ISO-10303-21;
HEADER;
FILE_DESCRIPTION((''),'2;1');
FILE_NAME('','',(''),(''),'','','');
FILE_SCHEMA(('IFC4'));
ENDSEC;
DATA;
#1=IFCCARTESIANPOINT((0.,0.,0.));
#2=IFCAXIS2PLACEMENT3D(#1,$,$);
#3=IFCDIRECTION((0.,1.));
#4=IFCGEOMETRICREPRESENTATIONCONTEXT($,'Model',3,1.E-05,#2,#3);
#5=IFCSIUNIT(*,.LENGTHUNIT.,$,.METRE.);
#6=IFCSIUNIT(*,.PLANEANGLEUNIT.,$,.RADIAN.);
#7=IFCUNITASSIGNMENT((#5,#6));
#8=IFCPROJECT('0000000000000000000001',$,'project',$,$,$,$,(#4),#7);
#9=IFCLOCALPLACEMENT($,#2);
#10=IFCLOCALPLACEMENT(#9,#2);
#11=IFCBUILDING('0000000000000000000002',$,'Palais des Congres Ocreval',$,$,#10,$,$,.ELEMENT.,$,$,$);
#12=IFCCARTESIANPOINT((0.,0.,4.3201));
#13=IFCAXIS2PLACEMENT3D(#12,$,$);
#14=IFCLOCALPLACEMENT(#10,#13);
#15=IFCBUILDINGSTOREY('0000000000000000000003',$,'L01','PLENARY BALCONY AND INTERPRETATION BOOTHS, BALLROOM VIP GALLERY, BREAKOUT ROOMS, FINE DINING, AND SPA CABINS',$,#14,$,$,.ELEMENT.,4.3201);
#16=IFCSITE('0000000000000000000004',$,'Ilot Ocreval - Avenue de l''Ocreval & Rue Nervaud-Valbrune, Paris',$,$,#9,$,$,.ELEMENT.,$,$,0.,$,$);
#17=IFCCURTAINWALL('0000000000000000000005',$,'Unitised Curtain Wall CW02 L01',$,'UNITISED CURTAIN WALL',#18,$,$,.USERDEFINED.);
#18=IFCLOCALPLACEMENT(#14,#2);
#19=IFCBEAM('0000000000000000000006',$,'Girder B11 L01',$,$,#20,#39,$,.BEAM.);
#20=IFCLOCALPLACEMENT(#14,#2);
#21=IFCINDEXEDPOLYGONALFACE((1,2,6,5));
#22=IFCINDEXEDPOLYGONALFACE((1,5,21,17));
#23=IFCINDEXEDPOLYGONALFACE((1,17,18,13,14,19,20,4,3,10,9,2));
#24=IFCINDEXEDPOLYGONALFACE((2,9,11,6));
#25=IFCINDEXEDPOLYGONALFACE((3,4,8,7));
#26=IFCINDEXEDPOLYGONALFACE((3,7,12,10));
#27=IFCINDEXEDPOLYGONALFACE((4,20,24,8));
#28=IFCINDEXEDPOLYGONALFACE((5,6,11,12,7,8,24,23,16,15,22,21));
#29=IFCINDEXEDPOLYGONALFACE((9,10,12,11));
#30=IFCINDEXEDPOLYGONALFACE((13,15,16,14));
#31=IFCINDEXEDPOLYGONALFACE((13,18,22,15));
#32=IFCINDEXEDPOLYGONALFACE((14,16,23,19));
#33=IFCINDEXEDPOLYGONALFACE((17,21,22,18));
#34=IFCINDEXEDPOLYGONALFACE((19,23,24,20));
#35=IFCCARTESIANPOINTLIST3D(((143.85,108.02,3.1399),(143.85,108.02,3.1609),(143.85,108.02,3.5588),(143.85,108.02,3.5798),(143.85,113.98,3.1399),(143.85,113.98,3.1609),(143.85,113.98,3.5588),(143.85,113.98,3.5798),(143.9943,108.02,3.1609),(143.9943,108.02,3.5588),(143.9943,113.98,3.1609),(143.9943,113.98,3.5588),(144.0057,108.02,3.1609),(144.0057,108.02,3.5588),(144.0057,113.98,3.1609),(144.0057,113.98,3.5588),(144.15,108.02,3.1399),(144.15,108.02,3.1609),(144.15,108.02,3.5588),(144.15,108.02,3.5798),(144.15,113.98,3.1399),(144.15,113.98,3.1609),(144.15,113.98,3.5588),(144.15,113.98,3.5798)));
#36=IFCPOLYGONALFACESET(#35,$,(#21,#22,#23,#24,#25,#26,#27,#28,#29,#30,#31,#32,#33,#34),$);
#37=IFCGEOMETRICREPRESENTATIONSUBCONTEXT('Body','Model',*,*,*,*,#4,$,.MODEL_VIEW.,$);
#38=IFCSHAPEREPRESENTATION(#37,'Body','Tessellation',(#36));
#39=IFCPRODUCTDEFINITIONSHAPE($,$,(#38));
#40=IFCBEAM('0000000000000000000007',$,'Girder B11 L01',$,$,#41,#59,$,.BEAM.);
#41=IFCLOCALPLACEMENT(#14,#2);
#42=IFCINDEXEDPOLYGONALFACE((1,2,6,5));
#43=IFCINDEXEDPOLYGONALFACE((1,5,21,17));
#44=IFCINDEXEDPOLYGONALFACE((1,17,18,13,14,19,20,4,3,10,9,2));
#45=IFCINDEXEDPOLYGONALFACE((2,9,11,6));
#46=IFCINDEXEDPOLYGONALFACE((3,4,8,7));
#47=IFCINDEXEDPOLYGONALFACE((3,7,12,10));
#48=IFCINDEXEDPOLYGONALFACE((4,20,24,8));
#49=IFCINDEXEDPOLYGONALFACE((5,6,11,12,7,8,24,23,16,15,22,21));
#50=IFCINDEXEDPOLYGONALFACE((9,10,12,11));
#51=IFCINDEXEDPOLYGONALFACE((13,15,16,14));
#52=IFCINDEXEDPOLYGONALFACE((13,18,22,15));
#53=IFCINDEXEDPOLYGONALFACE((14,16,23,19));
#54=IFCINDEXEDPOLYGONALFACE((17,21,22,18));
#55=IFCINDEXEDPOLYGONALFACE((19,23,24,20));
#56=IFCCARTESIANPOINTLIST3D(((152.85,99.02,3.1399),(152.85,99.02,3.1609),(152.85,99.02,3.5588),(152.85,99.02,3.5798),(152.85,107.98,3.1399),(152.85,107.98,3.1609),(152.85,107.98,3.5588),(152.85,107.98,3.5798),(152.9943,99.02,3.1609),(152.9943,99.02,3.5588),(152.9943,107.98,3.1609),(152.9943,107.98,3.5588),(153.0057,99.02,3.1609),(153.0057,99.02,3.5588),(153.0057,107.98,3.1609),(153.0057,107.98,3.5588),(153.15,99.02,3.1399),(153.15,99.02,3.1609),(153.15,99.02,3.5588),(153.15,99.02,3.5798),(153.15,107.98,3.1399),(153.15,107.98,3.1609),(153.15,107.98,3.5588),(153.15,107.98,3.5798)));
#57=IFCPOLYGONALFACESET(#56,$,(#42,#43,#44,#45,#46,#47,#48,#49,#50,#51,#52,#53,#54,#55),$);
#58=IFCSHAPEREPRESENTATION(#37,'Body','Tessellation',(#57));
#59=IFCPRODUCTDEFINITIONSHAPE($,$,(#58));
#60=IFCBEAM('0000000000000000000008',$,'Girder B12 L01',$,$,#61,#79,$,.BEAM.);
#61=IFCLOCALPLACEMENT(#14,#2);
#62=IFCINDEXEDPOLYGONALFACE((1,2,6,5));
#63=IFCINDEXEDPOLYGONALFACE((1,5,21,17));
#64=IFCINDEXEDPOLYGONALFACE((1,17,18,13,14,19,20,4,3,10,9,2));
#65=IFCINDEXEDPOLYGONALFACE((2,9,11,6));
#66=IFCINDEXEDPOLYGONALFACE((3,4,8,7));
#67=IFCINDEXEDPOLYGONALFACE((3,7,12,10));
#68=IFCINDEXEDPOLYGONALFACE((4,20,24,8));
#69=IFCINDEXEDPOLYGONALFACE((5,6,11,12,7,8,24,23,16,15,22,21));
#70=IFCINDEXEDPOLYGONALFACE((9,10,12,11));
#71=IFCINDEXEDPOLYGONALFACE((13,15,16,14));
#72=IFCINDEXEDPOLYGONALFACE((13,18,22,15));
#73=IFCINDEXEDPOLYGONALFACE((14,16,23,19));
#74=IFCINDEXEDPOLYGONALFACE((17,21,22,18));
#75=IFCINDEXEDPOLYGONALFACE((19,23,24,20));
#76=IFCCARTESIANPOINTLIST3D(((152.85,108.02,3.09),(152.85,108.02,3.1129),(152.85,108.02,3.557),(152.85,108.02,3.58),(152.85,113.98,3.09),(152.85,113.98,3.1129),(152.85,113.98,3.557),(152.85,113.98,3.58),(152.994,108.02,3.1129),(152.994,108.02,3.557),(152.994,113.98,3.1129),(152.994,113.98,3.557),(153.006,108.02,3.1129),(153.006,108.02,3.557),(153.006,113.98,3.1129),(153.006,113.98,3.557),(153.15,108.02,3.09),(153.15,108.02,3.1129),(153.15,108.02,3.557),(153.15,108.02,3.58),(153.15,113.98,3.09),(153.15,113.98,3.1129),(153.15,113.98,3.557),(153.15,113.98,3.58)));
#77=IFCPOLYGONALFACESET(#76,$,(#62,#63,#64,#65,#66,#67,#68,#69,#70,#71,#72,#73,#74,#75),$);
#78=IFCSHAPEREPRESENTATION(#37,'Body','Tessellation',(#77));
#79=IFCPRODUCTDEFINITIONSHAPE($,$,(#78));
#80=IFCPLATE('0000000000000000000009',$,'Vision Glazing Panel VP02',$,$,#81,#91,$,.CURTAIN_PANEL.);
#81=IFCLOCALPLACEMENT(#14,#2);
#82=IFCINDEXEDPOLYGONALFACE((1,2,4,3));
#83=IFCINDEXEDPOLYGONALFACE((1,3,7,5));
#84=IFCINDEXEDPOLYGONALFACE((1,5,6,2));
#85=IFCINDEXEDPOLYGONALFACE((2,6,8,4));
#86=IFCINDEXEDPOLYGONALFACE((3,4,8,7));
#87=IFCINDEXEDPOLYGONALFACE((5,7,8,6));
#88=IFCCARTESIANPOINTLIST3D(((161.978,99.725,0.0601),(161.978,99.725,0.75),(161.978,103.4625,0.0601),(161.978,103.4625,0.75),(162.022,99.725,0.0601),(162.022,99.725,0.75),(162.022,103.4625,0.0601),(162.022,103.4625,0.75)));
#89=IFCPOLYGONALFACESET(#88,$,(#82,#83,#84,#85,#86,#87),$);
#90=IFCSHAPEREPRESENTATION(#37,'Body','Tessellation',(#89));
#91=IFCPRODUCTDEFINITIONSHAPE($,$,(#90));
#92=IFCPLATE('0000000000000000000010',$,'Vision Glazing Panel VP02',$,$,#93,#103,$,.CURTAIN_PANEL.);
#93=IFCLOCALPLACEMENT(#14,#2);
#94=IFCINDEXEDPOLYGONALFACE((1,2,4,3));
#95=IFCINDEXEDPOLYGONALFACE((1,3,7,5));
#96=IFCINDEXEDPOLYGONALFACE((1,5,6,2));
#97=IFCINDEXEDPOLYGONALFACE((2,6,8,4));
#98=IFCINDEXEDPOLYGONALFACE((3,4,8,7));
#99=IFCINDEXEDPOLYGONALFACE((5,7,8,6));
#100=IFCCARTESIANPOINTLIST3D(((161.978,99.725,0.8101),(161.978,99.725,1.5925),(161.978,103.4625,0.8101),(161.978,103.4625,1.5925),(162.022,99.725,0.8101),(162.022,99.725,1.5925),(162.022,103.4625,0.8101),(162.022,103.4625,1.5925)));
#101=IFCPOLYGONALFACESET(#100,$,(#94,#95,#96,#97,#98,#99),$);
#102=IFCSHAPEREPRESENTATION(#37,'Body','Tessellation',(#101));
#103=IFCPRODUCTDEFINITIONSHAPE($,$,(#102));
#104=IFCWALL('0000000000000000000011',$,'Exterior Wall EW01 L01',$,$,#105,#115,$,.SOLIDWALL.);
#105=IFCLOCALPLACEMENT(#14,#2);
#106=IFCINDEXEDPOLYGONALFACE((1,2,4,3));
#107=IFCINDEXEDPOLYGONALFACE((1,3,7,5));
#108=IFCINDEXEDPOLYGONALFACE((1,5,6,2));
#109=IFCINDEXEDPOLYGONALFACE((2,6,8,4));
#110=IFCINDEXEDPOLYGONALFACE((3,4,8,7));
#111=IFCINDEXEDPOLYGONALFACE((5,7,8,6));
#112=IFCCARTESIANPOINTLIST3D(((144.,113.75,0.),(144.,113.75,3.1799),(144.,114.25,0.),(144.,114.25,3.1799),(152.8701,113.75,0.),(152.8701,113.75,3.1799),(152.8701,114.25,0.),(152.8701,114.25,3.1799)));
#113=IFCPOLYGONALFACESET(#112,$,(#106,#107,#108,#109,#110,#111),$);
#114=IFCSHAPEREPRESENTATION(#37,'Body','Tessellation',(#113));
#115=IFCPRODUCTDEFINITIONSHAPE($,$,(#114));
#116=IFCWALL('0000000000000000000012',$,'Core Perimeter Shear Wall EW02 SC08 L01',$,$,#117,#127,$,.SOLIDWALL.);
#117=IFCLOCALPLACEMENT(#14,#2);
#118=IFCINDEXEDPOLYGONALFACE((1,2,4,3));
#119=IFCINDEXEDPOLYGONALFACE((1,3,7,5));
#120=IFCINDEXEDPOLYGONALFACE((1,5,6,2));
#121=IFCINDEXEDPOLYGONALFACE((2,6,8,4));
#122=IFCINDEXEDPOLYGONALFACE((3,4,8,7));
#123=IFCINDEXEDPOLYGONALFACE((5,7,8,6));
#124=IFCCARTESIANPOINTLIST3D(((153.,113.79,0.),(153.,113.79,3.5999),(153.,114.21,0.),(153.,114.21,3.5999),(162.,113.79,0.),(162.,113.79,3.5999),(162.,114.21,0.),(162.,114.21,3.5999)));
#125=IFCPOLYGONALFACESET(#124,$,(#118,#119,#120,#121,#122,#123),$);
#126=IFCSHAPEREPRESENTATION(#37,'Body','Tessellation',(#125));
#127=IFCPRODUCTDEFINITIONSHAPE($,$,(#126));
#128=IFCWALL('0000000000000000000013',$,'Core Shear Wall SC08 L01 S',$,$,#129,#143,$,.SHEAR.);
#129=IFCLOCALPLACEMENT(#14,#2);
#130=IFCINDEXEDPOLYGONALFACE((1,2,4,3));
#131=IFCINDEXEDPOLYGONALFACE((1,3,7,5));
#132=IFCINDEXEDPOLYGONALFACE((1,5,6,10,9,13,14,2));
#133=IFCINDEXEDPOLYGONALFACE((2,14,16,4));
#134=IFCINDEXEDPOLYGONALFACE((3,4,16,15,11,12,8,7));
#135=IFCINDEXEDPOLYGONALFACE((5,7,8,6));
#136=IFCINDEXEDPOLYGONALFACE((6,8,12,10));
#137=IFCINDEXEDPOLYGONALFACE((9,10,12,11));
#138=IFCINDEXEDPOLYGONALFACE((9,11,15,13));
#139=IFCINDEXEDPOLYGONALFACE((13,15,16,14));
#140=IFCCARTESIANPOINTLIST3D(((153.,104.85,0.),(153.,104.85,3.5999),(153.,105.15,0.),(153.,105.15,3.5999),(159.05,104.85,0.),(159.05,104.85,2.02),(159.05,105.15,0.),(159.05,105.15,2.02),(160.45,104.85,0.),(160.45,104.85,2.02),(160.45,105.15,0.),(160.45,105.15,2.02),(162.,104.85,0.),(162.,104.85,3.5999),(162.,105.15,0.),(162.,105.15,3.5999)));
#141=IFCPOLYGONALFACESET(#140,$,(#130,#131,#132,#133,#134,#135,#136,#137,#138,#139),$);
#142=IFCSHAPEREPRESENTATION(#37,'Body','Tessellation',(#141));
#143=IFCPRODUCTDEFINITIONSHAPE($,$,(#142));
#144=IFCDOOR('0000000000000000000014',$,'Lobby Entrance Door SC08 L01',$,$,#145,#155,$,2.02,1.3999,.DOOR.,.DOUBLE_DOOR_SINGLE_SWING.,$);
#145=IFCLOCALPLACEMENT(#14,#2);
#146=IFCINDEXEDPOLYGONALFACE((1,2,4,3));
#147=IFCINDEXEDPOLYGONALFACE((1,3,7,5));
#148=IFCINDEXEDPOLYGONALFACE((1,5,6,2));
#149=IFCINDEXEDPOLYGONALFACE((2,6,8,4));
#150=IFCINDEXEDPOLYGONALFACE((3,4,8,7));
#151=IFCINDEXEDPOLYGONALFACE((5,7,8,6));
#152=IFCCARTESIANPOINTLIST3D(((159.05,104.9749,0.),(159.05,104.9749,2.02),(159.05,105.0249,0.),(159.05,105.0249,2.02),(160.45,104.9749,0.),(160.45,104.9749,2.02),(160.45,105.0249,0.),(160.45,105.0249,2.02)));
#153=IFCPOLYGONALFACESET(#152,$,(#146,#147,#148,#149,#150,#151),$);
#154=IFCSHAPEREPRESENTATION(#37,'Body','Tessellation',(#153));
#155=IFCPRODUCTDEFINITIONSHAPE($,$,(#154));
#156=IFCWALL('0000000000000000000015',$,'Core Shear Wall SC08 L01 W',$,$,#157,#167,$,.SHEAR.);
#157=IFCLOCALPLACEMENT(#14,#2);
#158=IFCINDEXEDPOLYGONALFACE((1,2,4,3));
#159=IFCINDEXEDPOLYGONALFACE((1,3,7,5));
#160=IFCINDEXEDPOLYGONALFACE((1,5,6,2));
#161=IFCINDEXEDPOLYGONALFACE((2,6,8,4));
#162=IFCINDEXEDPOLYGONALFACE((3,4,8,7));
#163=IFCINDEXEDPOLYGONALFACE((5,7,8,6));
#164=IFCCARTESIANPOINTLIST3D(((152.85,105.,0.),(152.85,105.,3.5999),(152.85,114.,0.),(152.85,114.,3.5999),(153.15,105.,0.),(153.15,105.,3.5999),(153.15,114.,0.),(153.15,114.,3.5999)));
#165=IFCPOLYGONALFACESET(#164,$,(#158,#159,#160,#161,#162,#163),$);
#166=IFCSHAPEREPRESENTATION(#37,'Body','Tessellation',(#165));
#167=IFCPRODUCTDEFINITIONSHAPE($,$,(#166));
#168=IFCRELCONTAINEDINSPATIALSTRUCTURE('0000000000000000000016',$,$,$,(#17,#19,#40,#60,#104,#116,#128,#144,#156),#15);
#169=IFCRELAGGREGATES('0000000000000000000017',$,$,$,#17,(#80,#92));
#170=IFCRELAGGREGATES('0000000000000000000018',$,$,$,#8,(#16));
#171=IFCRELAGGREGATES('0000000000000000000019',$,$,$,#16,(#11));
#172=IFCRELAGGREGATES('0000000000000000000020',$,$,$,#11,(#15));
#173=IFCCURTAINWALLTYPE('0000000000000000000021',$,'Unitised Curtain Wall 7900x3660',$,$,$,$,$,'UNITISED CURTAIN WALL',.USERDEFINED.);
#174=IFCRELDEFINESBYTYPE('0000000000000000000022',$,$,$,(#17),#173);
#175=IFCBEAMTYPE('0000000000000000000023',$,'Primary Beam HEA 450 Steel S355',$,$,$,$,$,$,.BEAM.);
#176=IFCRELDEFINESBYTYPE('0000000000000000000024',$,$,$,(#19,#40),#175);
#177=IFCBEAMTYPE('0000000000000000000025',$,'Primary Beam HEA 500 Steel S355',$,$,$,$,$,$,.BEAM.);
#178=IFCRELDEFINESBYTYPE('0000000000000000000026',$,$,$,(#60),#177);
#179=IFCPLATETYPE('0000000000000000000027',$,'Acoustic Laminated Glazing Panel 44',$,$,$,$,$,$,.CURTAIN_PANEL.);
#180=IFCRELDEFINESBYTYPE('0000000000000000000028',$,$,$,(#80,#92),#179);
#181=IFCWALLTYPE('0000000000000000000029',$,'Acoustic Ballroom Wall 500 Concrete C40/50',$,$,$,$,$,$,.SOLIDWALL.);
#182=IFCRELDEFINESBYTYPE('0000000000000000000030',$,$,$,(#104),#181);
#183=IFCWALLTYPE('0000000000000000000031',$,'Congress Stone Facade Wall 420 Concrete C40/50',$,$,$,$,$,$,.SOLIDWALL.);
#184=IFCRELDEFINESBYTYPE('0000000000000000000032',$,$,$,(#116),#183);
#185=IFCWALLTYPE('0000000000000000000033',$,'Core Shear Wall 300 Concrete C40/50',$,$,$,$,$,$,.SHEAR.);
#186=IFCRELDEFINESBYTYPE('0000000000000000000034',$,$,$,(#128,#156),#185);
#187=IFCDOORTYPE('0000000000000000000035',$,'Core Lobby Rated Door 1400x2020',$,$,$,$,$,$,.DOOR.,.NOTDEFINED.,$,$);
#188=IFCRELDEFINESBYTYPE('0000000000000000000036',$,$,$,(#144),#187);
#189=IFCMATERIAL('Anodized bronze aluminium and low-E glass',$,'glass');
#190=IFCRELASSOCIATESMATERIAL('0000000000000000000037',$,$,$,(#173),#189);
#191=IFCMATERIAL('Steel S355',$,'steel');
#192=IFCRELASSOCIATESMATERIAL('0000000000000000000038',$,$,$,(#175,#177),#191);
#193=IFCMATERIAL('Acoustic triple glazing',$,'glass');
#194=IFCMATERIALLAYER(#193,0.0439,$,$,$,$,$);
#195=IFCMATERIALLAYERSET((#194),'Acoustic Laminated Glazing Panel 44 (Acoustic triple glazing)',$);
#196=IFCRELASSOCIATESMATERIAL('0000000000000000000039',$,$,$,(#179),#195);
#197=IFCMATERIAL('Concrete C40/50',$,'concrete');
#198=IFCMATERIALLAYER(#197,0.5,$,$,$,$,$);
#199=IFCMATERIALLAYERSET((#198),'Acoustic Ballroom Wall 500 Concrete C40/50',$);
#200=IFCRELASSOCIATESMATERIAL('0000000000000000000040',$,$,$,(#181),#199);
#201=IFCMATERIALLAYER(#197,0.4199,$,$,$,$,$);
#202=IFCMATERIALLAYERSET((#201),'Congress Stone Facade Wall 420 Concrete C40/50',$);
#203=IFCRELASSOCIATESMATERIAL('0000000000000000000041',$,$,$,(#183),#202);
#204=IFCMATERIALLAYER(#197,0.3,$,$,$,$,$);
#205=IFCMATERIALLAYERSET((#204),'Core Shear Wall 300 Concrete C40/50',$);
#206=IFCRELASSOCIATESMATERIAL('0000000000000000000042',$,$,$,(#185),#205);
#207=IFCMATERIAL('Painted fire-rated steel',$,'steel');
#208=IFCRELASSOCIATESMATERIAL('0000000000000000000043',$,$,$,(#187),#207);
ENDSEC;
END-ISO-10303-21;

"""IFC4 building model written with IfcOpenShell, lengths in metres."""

from ifc_helpers import new_model, si_unit, direction, frame, frame_2d, origin, origin_2d, place, context, subcontext, project, spatial, rectangle, i_section, extrude, material, layer, layer_set, material_profile, profile_set, type_object, element, fill, aggregate, save


model = new_model("IFC4")

# Units and contexts
model_context = context("Model", 3, precision=1e-05, world=origin(), true_north=direction((0.0, 1.0)))
body_context = subcontext(model_context, "Body", "Model", "MODEL_VIEW")
ifc_project = project(units=[si_unit("LENGTHUNIT", "METRE"), si_unit("PLANEANGLEUNIT", "RADIAN")], contexts=[model_context])

# Site, building, storey
site_placement = place(None, origin())
site = spatial("IfcSite", under=ifc_project, at=site_placement, Name="Ilot Ocreval - Avenue de l'Ocreval & Rue Nervaud-Valbrune, Paris", CompositionType="ELEMENT", RefElevation=0.0)
building_placement = place(site_placement, origin())
building = spatial("IfcBuilding", under=site, at=building_placement, Name="Palais des Congres Ocreval", CompositionType="ELEMENT")
storey_placement = place(building_placement, frame((0.0, 0.0, 4.3201)))
storey = spatial("IfcBuildingStorey", under=building, at=storey_placement, Name="L01", Description="PLENARY BALCONY AND INTERPRETATION BOOTHS, BALLROOM VIP GALLERY, BREAKOUT ROOMS, FINE DINING, AND SPA CABINS", CompositionType="ELEMENT", Elevation=4.3201)

# Shared definitions
ifc_material_1 = material(Name="Steel S355", Category="steel")

# Curtain wall
ifc_material_2 = material(Name="Anodized bronze aluminium and low-E glass", Category="glass")
curtain_wall_type = type_object("IfcCurtainWallType", Name="Unitised Curtain Wall 7900x3660", ElementType="UNITISED CURTAIN WALL", PredefinedType="USERDEFINED", material=ifc_material_2)
curtain_wall_placement = place(storey_placement, origin())
curtain_wall = element("IfcCurtainWall", 1, at=curtain_wall_placement, inside=storey, type_object=curtain_wall_type, Name="Unitised Curtain Wall CW02 L01", ObjectType="UNITISED CURTAIN WALL", PredefinedType="USERDEFINED")

# Beams
ifc_material_profile_1 = material_profile(ifc_material_1, i_section(OverallWidth=0.3, OverallDepth=0.4399, WebThickness=0.0115, FlangeThickness=0.021, at=origin_2d()), Name="HEA 450")
ifc_profile_set_1 = profile_set([ifc_material_profile_1], Name="Steel S355")
beam_type_1 = type_object("IfcBeamType", Name="Primary Beam HEA 450 Steel S355", PredefinedType="BEAM", material=ifc_profile_set_1)
beam_1_placement = place(storey_placement, frame((144.0, 108.02, 3.3599), z_axis=(0.0, 1.0, 0.0), x_axis=(-1.0, 0.0, 0.0)))
element("IfcBeam", 2, at=beam_1_placement, inside=storey, type_object=beam_type_1, Name="Girder B11 L01", PredefinedType="BEAM", context=body_context, shape_type="SweptSolid", body=[
    extrude(i_section(OverallWidth=0.3, OverallDepth=0.4399, WebThickness=0.0115, FlangeThickness=0.021, at=origin_2d()), origin(), (0.0, 0.0, 1.0), 5.96),
])
beam_2_placement = place(storey_placement, frame((153.0, 99.02, 3.3599), z_axis=(0.0, 1.0, 0.0), x_axis=(-1.0, 0.0, 0.0)))
element("IfcBeam", 3, at=beam_2_placement, inside=storey, type_object=beam_type_1, Name="Girder B11 L01", PredefinedType="BEAM", context=body_context, shape_type="SweptSolid", body=[
    extrude(i_section(OverallWidth=0.3, OverallDepth=0.4399, WebThickness=0.0115, FlangeThickness=0.021, at=origin_2d()), origin(), (0.0, 0.0, 1.0), 8.96),
])
ifc_material_profile_2 = material_profile(ifc_material_1, i_section(OverallWidth=0.3, OverallDepth=0.49, WebThickness=0.012, FlangeThickness=0.0229, at=origin_2d()), Name="HEA 500")
ifc_profile_set_2 = profile_set([ifc_material_profile_2], Name="Steel S355")
beam_type_2 = type_object("IfcBeamType", Name="Primary Beam HEA 500 Steel S355", PredefinedType="BEAM", material=ifc_profile_set_2)
beam_3_placement = place(storey_placement, frame((153.0, 108.02, 3.335), z_axis=(0.0, 1.0, 0.0), x_axis=(-1.0, 0.0, 0.0)))
element("IfcBeam", 4, at=beam_3_placement, inside=storey, type_object=beam_type_2, Name="Girder B12 L01", PredefinedType="BEAM", context=body_context, shape_type="SweptSolid", body=[
    extrude(i_section(OverallWidth=0.3, OverallDepth=0.49, WebThickness=0.012, FlangeThickness=0.0229, at=origin_2d()), origin(), (0.0, 0.0, 1.0), 5.96),
])

# Plates
ifc_material_3 = material(Name="Acoustic triple glazing", Category="glass")
ifc_layer_1 = layer(ifc_material_3, 0.0439)
ifc_layer_set_1 = layer_set([ifc_layer_1], Name="Acoustic Laminated Glazing Panel 44 (Acoustic triple glazing)")
plate_type = type_object("IfcPlateType", Name="Acoustic Laminated Glazing Panel 44", PredefinedType="CURTAIN_PANEL", material=ifc_layer_set_1)
plate_1_placement = place(storey_placement, frame((162.0, 101.5938, 0.0601), z_axis=(0.0, 0.0, 1.0), x_axis=(0.0, -1.0, 0.0)))
plate_1 = element("IfcPlate", 5, at=plate_1_placement, type_object=plate_type, Name="Vision Glazing Panel VP02", PredefinedType="CURTAIN_PANEL", context=body_context, shape_type="SweptSolid", body=[
    extrude(rectangle(XDim=3.7375, YDim=0.0439, at=origin_2d()), origin(), (0.0, 0.0, 1.0), 0.6899),
])
plate_2_placement = place(storey_placement, frame((162.0, 101.5938, 0.8101), z_axis=(0.0, 0.0, 1.0), x_axis=(0.0, -1.0, 0.0)))
plate_2 = element("IfcPlate", 6, at=plate_2_placement, type_object=plate_type, Name="Vision Glazing Panel VP02", PredefinedType="CURTAIN_PANEL", context=body_context, shape_type="SweptSolid", body=[
    extrude(rectangle(XDim=3.7375, YDim=0.0439, at=origin_2d()), origin(), (0.0, 0.0, 1.0), 0.7825),
])
aggregate(curtain_wall, [plate_1, plate_2])

# Walls
ifc_material_4 = material(Name="Concrete C40/50", Category="concrete")
ifc_layer_2 = layer(ifc_material_4, 0.5)
ifc_layer_set_2 = layer_set([ifc_layer_2], Name="Acoustic Ballroom Wall 500 Concrete C40/50")
wall_type_1 = type_object("IfcWallType", Name="Acoustic Ballroom Wall 500 Concrete C40/50", PredefinedType="SOLIDWALL", material=ifc_layer_set_2)
wall_1_placement = place(storey_placement, frame((144.0, 114.0, 0.0), z_axis=(0.0, 0.0, 1.0), x_axis=(1.0, 0.0, 0.0)))
element("IfcWall", 7, at=wall_1_placement, inside=storey, type_object=wall_type_1, Name="Exterior Wall EW01 L01", PredefinedType="SOLIDWALL", context=body_context, shape_type="SweptSolid", body=[
    extrude(rectangle(XDim=8.8701, YDim=0.5, at=frame_2d((4.4351, 0.0))), origin(), (0.0, 0.0, 1.0), 3.1799),
])
ifc_layer_3 = layer(ifc_material_4, 0.4199)
ifc_layer_set_3 = layer_set([ifc_layer_3], Name="Congress Stone Facade Wall 420 Concrete C40/50")
wall_type_2 = type_object("IfcWallType", Name="Congress Stone Facade Wall 420 Concrete C40/50", PredefinedType="SOLIDWALL", material=ifc_layer_set_3)
wall_2_placement = place(storey_placement, frame((153.0, 114.0, 0.0), z_axis=(0.0, 0.0, 1.0), x_axis=(1.0, 0.0, 0.0)))
element("IfcWall", 8, at=wall_2_placement, inside=storey, type_object=wall_type_2, Name="Core Perimeter Shear Wall EW02 SC08 L01", PredefinedType="SOLIDWALL", context=body_context, shape_type="SweptSolid", body=[
    extrude(rectangle(XDim=9.0, YDim=0.4199, at=frame_2d((4.5, 0.0))), origin(), (0.0, 0.0, 1.0), 3.5999),
])

# Wall, opening, door
ifc_layer_4 = layer(ifc_material_4, 0.3)
ifc_layer_set_4 = layer_set([ifc_layer_4], Name="Core Shear Wall 300 Concrete C40/50")
wall_type_3 = type_object("IfcWallType", Name="Core Shear Wall 300 Concrete C40/50", PredefinedType="SHEAR", material=ifc_layer_set_4)
wall_3_placement = place(storey_placement, frame((153.0, 105.0, 0.0), z_axis=(0.0, 0.0, 1.0), x_axis=(1.0, 0.0, 0.0)))
wall_3 = element("IfcWall", 9, at=wall_3_placement, inside=storey, type_object=wall_type_3, Name="Core Shear Wall SC08 L01 S", PredefinedType="SHEAR", context=body_context, shape_type="SweptSolid", body=[
    extrude(rectangle(XDim=9.0, YDim=0.3, at=frame_2d((4.5, 0.0))), origin(), (0.0, 0.0, 1.0), 3.5999),
])
opening_1_placement = place(wall_3_placement, frame((6.05, 0.0, 0.0)))
opening_1 = element("IfcOpeningElement", 10, at=opening_1_placement, cuts=wall_3, PredefinedType="OPENING", context=body_context, shape_type="SweptSolid", body=[
    extrude(rectangle(XDim=1.3999, YDim=2.02, at=frame_2d((0.7, 1.01))), frame((0.0, 0.1599, 0.0), z_axis=(0.0, -1.0, 0.0), x_axis=(1.0, 0.0, 0.0)), (0.0, 0.0, 1.0), 0.3201),
])
ifc_material_5 = material(Name="Painted fire-rated steel", Category="steel")
door_type_1 = type_object("IfcDoorType", Name="Core Lobby Rated Door 1400x2020", OperationType="NOTDEFINED", PredefinedType="DOOR", material=ifc_material_5)
door_1_placement = place(opening_1_placement, origin())
door_1 = element("IfcDoor", 11, at=door_1_placement, inside=storey, type_object=door_type_1, Name="Lobby Entrance Door SC08 L01", OperationType="DOUBLE_DOOR_SINGLE_SWING", OverallHeight=2.02, OverallWidth=1.3999, PredefinedType="DOOR", context=body_context, shape_type="SweptSolid", body=[
    extrude(rectangle(XDim=1.3999, YDim=2.02, at=frame_2d((0.7, 1.01))), frame((0.0, 0.0249, 0.0), z_axis=(0.0, -1.0, 0.0), x_axis=(1.0, 0.0, 0.0)), (0.0, 0.0, 1.0), 0.05),
])
fill(opening_1, door_1)

# Wall
wall_4_placement = place(storey_placement, frame((153.0, 105.0, 0.0), z_axis=(0.0, 0.0, 1.0), x_axis=(0.0, 1.0, 0.0)))
element("IfcWall", 12, at=wall_4_placement, inside=storey, type_object=wall_type_3, Name="Core Shear Wall SC08 L01 W", PredefinedType="SHEAR", context=body_context, shape_type="SweptSolid", body=[
    extrude(rectangle(XDim=9.0, YDim=0.3, at=frame_2d((4.5, 0.0))), origin(), (0.0, 0.0, 1.0), 3.5999),
])

save(model, "model.ifc")
